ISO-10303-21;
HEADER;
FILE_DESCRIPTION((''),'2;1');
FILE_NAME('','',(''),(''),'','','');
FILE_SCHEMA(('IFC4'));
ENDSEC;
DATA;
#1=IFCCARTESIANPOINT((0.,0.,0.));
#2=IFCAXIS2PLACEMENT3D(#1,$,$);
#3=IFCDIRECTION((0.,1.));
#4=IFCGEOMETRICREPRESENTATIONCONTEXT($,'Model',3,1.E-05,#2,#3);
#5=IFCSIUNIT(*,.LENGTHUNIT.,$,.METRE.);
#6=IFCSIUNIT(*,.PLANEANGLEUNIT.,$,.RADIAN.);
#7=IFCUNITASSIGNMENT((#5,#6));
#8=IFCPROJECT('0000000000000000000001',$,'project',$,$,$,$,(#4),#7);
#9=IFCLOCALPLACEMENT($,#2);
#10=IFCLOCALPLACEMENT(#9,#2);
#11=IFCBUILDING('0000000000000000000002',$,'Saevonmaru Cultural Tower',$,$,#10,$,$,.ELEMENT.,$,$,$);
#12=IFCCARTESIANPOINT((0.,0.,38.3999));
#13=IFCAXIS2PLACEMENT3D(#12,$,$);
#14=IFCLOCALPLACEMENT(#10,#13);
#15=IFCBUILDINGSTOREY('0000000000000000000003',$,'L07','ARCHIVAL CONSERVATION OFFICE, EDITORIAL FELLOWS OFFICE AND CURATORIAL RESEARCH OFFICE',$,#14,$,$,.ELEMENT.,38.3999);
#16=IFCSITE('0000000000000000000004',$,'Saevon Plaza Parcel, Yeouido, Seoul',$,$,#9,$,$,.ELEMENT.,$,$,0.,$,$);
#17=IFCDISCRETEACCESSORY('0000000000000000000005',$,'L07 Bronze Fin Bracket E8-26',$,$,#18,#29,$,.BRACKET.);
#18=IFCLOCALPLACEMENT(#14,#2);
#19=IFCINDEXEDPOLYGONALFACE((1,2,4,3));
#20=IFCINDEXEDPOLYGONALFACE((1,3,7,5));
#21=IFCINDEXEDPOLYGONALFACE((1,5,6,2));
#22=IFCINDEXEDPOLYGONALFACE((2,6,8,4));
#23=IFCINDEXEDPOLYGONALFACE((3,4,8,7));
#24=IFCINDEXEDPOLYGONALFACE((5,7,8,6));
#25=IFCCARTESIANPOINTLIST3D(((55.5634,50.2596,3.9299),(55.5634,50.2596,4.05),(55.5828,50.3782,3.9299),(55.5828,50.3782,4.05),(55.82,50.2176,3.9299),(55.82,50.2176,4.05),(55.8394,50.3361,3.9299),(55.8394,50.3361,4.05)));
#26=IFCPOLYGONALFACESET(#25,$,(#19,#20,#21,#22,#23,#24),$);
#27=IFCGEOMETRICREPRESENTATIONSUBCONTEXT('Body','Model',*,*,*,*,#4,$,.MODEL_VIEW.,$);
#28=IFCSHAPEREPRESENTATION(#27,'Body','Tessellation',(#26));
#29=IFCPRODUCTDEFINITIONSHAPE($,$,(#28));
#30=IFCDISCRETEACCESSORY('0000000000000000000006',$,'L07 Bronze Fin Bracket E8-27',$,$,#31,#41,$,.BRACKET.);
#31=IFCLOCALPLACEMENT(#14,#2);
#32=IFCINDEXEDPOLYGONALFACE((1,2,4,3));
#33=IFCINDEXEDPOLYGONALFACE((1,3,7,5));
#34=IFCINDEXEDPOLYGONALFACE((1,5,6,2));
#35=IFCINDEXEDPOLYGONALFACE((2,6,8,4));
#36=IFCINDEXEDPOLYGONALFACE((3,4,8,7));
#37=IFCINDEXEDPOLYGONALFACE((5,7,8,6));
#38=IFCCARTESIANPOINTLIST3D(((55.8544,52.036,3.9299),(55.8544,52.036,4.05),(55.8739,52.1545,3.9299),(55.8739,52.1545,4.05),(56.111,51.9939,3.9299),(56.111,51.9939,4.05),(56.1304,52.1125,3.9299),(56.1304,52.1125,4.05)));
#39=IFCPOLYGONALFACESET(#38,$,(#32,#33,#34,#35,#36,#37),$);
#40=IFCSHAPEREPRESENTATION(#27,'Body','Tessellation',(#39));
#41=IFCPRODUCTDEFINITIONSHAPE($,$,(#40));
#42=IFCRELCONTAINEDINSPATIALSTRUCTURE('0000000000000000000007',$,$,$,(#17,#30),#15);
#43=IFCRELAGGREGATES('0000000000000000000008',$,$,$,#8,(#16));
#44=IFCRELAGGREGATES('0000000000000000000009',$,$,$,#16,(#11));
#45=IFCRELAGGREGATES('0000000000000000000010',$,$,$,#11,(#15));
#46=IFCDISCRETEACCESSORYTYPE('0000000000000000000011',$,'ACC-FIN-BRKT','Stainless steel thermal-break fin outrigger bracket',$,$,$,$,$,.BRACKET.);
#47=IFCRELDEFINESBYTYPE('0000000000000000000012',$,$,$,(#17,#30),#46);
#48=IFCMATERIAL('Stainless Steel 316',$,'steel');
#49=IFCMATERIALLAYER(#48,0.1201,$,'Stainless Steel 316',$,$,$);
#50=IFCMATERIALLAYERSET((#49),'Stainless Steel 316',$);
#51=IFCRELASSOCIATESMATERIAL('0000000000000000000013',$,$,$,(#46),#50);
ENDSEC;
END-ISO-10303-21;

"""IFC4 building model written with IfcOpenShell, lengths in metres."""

from ifc_helpers import new_model, si_unit, direction, frame, origin, origin_2d, place, context, subcontext, project, spatial, rectangle, extrude, material, layer, layer_set, type_object, element, save


model = new_model("IFC4")

# Units and contexts
model_context = context("Model", 3, precision=1e-05, world=origin(), true_north=direction((0.0, 1.0)))
body_context = subcontext(model_context, "Body", "Model", "MODEL_VIEW")
ifc_project = project(units=[si_unit("LENGTHUNIT", "METRE"), si_unit("PLANEANGLEUNIT", "RADIAN")], contexts=[model_context])

# Site, building, storey
site_placement = place(None, origin())
site = spatial("IfcSite", under=ifc_project, at=site_placement, Name="Saevon Plaza Parcel, Yeouido, Seoul", CompositionType="ELEMENT", RefElevation=0.0)
building_placement = place(site_placement, origin())
building = spatial("IfcBuilding", under=site, at=building_placement, Name="Saevonmaru Cultural Tower", CompositionType="ELEMENT")
storey_placement = place(building_placement, frame((0.0, 0.0, 38.3999)))
storey = spatial("IfcBuildingStorey", under=building, at=storey_placement, Name="L07", Description="ARCHIVAL CONSERVATION OFFICE, EDITORIAL FELLOWS OFFICE AND CURATORIAL RESEARCH OFFICE", CompositionType="ELEMENT", Elevation=38.3999)

# Discrete accessories
ifc_material_1 = material(Name="Stainless Steel 316", Category="steel")
ifc_layer_1 = layer(ifc_material_1, 0.1201, Name="Stainless Steel 316")
ifc_layer_set_1 = layer_set([ifc_layer_1], Name="Stainless Steel 316")
discrete_accessory_type = type_object("IfcDiscreteAccessoryType", Name="ACC-FIN-BRKT", Description="Stainless steel thermal-break fin outrigger bracket", PredefinedType="BRACKET", material=ifc_layer_set_1)
for number, where, z_axis, x_axis, name in (
    (1, (55.7014, 50.2979, 3.9299), (0.0, 0.0, 1.0), (0.986827, -0.161776, 0.0), "L07 Bronze Fin Bracket E8-26"),
    (2, (55.9924, 52.0742, 3.9299), (0.0, 0.0, 1.0), (0.986827, -0.161776, 0.0), "L07 Bronze Fin Bracket E8-27"),
):
    element("IfcDiscreteAccessory", number, at=place(storey_placement, frame(where, z_axis=z_axis, x_axis=x_axis)), inside=storey, type_object=discrete_accessory_type, Name=name, PredefinedType="BRACKET", context=body_context, shape_type="SweptSolid", body=[
        extrude(rectangle(XDim=0.26, YDim=0.1201, at=origin_2d()), origin(), (0.0, 0.0, 1.0), 0.1201),
    ])

save(model, "model.ifc")
